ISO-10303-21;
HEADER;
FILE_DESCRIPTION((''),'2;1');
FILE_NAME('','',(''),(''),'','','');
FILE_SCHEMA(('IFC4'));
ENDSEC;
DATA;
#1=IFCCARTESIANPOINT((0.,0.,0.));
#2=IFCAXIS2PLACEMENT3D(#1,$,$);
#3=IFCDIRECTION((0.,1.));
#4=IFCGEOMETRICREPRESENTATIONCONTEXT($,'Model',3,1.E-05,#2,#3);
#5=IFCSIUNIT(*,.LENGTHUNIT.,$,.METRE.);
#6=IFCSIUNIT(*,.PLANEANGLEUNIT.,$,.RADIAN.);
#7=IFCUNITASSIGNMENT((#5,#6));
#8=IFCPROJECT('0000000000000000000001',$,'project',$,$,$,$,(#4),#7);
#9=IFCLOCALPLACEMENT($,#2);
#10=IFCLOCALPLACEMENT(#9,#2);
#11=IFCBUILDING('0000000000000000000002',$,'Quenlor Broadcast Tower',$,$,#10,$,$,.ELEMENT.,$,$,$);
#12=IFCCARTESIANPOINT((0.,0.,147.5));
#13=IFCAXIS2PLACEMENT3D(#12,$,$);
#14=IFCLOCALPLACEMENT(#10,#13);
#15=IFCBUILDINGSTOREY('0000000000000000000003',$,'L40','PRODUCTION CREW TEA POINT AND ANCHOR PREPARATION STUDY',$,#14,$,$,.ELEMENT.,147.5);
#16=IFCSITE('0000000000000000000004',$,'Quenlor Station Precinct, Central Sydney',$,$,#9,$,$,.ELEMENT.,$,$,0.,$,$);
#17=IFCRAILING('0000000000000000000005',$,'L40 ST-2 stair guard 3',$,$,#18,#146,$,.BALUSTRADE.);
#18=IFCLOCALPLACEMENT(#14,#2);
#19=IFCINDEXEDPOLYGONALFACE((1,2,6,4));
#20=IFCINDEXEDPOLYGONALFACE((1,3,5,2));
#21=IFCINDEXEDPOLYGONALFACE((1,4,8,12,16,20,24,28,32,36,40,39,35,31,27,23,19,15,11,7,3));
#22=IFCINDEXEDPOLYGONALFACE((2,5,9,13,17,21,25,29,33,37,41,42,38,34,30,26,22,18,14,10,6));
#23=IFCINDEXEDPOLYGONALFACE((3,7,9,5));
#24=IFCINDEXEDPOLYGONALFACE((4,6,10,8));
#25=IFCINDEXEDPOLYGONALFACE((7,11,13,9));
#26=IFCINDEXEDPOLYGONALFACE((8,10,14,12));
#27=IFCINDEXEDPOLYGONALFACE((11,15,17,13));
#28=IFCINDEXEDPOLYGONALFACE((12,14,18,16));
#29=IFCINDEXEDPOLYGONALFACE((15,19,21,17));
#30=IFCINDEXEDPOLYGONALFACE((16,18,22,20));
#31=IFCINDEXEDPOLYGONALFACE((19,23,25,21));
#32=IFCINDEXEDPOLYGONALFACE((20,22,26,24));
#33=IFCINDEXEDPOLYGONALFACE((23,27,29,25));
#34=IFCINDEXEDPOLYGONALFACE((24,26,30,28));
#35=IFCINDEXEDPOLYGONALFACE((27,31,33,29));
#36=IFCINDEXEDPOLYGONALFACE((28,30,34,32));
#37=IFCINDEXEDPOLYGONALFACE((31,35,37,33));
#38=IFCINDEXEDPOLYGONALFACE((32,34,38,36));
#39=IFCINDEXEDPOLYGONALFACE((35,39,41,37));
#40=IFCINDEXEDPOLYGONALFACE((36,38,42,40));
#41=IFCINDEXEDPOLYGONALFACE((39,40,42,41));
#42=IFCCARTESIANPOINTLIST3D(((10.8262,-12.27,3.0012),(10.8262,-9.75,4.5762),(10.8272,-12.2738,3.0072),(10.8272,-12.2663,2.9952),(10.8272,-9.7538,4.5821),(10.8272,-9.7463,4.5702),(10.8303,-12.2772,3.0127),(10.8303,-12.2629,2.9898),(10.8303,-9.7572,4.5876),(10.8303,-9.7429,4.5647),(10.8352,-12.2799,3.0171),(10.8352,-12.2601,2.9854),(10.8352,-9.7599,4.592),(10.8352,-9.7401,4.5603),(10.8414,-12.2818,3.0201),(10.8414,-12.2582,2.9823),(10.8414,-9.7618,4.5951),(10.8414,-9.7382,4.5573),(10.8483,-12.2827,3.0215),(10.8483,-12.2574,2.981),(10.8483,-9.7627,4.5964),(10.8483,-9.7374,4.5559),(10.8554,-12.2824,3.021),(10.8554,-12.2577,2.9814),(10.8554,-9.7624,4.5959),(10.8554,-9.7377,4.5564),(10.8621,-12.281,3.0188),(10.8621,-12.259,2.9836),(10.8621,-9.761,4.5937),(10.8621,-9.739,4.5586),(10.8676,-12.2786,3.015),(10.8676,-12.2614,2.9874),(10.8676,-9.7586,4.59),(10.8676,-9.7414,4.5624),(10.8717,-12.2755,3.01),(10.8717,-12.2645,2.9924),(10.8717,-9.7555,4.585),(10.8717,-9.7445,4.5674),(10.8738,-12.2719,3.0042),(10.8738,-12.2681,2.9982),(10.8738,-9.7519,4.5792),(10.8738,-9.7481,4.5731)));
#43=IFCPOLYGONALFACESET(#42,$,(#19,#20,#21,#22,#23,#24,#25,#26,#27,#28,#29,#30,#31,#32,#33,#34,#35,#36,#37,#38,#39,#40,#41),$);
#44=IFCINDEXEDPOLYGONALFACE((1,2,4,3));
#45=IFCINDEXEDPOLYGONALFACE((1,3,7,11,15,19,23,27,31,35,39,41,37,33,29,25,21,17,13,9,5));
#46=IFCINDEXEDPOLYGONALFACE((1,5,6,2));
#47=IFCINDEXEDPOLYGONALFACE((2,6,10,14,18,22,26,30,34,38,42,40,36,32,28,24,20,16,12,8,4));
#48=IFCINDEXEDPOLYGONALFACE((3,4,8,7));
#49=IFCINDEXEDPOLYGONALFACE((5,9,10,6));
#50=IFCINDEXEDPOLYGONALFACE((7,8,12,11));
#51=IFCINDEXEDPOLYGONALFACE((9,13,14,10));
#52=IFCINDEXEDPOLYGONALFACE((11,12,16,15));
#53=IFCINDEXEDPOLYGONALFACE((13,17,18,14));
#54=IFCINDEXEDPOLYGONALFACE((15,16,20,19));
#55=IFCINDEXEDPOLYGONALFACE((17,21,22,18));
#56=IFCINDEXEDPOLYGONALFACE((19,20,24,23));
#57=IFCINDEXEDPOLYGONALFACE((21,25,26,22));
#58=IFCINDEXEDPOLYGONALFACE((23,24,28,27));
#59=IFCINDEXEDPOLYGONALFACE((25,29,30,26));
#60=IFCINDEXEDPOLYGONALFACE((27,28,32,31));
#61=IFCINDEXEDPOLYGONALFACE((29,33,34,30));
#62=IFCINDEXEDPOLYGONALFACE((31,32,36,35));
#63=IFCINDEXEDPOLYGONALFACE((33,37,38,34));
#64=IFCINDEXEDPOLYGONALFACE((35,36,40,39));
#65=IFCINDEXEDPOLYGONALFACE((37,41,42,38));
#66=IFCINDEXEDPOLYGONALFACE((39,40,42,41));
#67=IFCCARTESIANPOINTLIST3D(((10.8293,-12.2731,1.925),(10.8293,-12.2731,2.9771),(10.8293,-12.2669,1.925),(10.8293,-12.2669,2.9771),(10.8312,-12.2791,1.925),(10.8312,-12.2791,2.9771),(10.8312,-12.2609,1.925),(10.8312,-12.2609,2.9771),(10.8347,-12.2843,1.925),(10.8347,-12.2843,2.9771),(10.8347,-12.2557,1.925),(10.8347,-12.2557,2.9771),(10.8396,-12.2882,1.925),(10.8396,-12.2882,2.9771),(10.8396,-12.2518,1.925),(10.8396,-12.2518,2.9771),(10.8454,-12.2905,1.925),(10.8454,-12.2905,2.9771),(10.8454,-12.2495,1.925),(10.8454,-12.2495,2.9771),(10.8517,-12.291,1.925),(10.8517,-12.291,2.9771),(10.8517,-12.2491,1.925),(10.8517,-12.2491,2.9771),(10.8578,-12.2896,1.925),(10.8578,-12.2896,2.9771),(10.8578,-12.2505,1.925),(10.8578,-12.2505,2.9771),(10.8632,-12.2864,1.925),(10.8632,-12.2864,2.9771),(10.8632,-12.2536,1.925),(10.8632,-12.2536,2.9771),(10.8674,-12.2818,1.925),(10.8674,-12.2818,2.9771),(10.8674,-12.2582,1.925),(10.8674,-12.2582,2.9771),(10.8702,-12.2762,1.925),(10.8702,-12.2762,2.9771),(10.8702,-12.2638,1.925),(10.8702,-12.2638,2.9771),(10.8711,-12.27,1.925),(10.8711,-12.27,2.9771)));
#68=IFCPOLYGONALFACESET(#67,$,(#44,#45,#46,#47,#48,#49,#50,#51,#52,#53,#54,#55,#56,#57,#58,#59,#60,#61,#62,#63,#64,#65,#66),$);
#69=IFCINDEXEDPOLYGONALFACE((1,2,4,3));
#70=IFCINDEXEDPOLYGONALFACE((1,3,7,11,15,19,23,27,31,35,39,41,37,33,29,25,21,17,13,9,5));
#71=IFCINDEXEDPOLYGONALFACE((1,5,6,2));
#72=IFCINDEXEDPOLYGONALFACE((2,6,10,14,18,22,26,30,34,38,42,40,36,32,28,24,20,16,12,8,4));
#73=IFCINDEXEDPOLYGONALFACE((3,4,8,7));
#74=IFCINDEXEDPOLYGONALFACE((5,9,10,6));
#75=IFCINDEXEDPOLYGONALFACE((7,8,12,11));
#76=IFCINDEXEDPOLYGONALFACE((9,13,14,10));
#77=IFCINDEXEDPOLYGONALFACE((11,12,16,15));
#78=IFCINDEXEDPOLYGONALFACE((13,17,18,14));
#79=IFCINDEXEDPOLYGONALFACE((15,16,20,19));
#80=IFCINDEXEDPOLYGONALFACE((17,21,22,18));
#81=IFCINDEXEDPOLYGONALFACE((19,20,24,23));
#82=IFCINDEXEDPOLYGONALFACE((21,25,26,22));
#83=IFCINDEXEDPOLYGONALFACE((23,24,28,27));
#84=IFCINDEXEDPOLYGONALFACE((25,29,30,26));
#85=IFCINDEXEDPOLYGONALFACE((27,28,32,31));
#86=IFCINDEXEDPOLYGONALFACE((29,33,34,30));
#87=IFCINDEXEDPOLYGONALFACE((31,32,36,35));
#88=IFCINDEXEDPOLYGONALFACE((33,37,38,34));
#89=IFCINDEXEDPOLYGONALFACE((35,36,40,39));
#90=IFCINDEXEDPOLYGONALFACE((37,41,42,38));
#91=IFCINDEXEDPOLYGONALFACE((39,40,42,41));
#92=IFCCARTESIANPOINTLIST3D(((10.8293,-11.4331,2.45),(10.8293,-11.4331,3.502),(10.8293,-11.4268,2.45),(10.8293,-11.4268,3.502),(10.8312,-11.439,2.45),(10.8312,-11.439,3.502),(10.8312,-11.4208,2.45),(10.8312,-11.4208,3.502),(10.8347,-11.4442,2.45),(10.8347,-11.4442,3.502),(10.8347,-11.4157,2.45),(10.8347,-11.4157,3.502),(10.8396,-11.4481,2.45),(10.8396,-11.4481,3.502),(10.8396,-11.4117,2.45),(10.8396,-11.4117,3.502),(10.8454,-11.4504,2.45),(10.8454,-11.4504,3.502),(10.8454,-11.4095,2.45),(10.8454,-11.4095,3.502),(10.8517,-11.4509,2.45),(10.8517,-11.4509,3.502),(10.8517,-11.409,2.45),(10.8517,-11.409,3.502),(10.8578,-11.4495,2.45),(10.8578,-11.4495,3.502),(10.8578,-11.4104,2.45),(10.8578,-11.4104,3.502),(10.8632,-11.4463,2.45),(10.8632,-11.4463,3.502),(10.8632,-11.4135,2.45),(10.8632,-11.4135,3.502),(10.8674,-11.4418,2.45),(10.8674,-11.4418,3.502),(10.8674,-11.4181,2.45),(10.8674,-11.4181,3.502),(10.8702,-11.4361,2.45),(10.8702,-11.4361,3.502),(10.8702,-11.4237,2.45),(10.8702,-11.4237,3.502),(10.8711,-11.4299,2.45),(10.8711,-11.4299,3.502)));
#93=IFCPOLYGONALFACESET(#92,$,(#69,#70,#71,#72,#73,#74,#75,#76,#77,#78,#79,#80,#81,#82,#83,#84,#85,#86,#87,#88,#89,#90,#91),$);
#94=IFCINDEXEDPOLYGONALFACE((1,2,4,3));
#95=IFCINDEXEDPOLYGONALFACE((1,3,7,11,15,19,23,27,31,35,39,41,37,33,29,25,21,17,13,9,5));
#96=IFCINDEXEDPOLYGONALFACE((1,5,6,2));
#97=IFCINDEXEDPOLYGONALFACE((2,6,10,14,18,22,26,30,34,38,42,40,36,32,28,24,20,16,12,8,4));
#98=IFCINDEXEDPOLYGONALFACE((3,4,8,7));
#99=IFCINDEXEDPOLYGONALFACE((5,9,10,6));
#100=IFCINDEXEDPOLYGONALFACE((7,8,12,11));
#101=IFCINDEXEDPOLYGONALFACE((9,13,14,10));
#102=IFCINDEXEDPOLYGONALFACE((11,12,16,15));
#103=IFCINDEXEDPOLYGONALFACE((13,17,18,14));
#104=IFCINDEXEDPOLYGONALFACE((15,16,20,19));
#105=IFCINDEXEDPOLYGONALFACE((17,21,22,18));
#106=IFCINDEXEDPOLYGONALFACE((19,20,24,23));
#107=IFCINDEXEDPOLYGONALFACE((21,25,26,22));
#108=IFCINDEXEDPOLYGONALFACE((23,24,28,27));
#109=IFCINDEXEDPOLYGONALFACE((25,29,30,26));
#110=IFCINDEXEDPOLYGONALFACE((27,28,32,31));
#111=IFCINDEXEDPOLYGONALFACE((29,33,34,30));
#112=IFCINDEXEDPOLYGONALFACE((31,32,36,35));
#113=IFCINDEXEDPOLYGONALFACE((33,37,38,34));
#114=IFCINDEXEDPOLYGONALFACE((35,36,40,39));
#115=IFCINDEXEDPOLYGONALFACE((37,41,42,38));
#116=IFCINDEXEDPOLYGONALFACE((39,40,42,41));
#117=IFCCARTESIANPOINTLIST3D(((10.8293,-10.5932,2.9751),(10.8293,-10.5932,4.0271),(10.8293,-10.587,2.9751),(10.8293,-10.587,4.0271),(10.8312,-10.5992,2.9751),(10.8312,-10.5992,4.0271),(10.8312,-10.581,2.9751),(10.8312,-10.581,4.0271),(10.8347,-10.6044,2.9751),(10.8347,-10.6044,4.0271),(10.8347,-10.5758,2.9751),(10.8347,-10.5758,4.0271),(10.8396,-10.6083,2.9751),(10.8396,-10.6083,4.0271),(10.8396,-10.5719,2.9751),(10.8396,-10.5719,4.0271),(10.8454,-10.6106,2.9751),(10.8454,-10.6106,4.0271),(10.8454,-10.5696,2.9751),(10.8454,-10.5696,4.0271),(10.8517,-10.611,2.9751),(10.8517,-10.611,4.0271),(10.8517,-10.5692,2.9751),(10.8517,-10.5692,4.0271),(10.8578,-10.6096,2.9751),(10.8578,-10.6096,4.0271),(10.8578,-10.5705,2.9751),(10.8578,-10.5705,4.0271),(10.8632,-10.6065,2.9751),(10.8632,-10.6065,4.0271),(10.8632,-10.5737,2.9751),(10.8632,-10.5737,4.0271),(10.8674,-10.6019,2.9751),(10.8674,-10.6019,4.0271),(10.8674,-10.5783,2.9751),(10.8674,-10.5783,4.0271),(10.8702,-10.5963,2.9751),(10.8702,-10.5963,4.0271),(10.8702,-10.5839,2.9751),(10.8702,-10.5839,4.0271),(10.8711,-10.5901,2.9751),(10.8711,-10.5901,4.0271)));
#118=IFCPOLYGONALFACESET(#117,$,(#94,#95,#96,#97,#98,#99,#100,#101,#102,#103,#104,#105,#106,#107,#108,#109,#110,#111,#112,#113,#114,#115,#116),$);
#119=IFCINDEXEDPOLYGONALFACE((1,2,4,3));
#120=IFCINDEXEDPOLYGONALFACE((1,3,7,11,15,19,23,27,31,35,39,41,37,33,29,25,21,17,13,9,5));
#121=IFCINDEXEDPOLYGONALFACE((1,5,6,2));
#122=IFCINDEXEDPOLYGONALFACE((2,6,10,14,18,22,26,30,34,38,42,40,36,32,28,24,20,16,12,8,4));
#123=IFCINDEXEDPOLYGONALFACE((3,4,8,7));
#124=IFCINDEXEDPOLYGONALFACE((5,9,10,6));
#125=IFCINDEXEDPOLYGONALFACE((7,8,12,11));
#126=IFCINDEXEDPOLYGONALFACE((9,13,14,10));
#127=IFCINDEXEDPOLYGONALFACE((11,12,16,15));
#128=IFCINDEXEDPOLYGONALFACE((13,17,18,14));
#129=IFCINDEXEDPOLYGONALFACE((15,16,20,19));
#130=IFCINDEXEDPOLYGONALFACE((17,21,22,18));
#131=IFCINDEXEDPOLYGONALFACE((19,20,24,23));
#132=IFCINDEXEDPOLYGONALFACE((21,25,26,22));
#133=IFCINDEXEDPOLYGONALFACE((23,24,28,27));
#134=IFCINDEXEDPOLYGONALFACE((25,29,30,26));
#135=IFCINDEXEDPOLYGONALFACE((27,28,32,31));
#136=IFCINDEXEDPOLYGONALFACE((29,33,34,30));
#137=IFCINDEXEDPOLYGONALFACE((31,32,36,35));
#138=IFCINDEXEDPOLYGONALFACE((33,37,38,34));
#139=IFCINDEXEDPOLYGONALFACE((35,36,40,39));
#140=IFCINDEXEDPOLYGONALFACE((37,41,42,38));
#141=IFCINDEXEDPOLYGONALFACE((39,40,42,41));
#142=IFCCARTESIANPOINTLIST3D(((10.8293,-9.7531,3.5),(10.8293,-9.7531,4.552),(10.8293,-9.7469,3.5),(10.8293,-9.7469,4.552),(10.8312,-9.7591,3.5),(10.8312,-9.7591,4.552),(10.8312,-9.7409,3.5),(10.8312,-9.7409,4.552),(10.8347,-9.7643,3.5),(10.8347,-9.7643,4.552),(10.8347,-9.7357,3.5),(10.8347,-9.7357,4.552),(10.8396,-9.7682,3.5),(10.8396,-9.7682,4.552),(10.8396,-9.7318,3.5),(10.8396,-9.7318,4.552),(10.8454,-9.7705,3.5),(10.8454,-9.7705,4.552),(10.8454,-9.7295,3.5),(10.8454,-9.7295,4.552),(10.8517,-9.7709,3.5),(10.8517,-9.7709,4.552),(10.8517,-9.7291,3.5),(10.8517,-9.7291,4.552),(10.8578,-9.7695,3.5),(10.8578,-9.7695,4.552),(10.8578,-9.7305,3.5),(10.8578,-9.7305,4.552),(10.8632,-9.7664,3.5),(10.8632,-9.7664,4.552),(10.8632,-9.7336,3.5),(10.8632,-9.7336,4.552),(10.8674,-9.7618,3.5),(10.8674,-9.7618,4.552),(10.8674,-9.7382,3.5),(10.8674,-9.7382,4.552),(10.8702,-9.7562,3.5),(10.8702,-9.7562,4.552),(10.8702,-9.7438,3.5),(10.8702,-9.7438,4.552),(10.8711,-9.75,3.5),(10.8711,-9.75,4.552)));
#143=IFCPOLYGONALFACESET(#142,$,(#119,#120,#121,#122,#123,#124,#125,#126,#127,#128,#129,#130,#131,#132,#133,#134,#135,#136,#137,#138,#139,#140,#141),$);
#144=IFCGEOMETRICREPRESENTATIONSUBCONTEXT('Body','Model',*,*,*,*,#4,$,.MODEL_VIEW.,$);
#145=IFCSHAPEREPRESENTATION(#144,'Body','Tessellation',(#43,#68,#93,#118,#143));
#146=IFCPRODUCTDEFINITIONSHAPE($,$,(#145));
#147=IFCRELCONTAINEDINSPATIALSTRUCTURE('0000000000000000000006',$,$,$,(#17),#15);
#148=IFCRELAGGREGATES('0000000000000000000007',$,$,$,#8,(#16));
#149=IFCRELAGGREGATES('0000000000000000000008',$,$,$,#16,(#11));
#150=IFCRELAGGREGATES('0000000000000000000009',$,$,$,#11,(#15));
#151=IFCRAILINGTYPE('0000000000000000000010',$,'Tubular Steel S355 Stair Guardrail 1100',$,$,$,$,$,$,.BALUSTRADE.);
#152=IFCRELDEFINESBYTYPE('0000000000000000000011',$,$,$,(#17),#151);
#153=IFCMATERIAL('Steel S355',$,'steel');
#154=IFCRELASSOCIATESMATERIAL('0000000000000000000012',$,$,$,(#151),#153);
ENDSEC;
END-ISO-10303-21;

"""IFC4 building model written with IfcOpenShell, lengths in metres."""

from ifc_helpers import new_model, si_unit, direction, frame, origin, origin_2d, place, context, subcontext, project, spatial, circle, extrude, material, type_object, element, save


model = new_model("IFC4")

# Units and contexts
model_context = context("Model", 3, precision=1e-05, world=origin(), true_north=direction((0.0, 1.0)))
body_context = subcontext(model_context, "Body", "Model", "MODEL_VIEW")
ifc_project = project(units=[si_unit("LENGTHUNIT", "METRE"), si_unit("PLANEANGLEUNIT", "RADIAN")], contexts=[model_context])

# Site, building, storey
site_placement = place(None, origin())
site = spatial("IfcSite", under=ifc_project, at=site_placement, Name="Quenlor Station Precinct, Central Sydney", CompositionType="ELEMENT", RefElevation=0.0)
building_placement = place(site_placement, origin())
building = spatial("IfcBuilding", under=site, at=building_placement, Name="Quenlor Broadcast Tower", CompositionType="ELEMENT")
storey_placement = place(building_placement, frame((0.0, 0.0, 147.5)))
storey = spatial("IfcBuildingStorey", under=building, at=storey_placement, Name="L40", Description="PRODUCTION CREW TEA POINT AND ANCHOR PREPARATION STUDY", CompositionType="ELEMENT", Elevation=147.5)

# Railing
ifc_material_1 = material(Name="Steel S355", Category="steel")
railing_type_1 = type_object("IfcRailingType", Name="Tubular Steel S355 Stair Guardrail 1100", PredefinedType="BALUSTRADE", material=ifc_material_1)
railing_1_placement = place(storey_placement, frame((10.8501, -12.27, 1.925)))
element("IfcRailing", 1, at=railing_1_placement, inside=storey, type_object=railing_type_1, Name="L40 ST-2 stair guard 3", PredefinedType="BALUSTRADE", context=body_context, shape_type="SweptSolid", body=[
    extrude(circle(Radius=0.0239, at=origin_2d()), frame((0.0, 0.0, 1.0762), z_axis=(0.0, 0.848008, 0.529984), x_axis=(-1.0, 0.0, 0.0)), (0.0, 0.0, 1.0), 2.9717),
    extrude(circle(Radius=0.021, at=origin_2d()), origin(), (0.0, 0.0, 1.0), 1.052),
    extrude(circle(Radius=0.021, at=origin_2d()), frame((0.0, 0.8401, 0.5249)), (0.0, 0.0, 1.0), 1.052),
    extrude(circle(Radius=0.021, at=origin_2d()), frame((0.0, 1.6799, 1.05)), (0.0, 0.0, 1.0), 1.052),
    extrude(circle(Radius=0.021, at=origin_2d()), frame((0.0, 2.52, 1.575)), (0.0, 0.0, 1.0), 1.052),
])

save(model, "model.ifc")
